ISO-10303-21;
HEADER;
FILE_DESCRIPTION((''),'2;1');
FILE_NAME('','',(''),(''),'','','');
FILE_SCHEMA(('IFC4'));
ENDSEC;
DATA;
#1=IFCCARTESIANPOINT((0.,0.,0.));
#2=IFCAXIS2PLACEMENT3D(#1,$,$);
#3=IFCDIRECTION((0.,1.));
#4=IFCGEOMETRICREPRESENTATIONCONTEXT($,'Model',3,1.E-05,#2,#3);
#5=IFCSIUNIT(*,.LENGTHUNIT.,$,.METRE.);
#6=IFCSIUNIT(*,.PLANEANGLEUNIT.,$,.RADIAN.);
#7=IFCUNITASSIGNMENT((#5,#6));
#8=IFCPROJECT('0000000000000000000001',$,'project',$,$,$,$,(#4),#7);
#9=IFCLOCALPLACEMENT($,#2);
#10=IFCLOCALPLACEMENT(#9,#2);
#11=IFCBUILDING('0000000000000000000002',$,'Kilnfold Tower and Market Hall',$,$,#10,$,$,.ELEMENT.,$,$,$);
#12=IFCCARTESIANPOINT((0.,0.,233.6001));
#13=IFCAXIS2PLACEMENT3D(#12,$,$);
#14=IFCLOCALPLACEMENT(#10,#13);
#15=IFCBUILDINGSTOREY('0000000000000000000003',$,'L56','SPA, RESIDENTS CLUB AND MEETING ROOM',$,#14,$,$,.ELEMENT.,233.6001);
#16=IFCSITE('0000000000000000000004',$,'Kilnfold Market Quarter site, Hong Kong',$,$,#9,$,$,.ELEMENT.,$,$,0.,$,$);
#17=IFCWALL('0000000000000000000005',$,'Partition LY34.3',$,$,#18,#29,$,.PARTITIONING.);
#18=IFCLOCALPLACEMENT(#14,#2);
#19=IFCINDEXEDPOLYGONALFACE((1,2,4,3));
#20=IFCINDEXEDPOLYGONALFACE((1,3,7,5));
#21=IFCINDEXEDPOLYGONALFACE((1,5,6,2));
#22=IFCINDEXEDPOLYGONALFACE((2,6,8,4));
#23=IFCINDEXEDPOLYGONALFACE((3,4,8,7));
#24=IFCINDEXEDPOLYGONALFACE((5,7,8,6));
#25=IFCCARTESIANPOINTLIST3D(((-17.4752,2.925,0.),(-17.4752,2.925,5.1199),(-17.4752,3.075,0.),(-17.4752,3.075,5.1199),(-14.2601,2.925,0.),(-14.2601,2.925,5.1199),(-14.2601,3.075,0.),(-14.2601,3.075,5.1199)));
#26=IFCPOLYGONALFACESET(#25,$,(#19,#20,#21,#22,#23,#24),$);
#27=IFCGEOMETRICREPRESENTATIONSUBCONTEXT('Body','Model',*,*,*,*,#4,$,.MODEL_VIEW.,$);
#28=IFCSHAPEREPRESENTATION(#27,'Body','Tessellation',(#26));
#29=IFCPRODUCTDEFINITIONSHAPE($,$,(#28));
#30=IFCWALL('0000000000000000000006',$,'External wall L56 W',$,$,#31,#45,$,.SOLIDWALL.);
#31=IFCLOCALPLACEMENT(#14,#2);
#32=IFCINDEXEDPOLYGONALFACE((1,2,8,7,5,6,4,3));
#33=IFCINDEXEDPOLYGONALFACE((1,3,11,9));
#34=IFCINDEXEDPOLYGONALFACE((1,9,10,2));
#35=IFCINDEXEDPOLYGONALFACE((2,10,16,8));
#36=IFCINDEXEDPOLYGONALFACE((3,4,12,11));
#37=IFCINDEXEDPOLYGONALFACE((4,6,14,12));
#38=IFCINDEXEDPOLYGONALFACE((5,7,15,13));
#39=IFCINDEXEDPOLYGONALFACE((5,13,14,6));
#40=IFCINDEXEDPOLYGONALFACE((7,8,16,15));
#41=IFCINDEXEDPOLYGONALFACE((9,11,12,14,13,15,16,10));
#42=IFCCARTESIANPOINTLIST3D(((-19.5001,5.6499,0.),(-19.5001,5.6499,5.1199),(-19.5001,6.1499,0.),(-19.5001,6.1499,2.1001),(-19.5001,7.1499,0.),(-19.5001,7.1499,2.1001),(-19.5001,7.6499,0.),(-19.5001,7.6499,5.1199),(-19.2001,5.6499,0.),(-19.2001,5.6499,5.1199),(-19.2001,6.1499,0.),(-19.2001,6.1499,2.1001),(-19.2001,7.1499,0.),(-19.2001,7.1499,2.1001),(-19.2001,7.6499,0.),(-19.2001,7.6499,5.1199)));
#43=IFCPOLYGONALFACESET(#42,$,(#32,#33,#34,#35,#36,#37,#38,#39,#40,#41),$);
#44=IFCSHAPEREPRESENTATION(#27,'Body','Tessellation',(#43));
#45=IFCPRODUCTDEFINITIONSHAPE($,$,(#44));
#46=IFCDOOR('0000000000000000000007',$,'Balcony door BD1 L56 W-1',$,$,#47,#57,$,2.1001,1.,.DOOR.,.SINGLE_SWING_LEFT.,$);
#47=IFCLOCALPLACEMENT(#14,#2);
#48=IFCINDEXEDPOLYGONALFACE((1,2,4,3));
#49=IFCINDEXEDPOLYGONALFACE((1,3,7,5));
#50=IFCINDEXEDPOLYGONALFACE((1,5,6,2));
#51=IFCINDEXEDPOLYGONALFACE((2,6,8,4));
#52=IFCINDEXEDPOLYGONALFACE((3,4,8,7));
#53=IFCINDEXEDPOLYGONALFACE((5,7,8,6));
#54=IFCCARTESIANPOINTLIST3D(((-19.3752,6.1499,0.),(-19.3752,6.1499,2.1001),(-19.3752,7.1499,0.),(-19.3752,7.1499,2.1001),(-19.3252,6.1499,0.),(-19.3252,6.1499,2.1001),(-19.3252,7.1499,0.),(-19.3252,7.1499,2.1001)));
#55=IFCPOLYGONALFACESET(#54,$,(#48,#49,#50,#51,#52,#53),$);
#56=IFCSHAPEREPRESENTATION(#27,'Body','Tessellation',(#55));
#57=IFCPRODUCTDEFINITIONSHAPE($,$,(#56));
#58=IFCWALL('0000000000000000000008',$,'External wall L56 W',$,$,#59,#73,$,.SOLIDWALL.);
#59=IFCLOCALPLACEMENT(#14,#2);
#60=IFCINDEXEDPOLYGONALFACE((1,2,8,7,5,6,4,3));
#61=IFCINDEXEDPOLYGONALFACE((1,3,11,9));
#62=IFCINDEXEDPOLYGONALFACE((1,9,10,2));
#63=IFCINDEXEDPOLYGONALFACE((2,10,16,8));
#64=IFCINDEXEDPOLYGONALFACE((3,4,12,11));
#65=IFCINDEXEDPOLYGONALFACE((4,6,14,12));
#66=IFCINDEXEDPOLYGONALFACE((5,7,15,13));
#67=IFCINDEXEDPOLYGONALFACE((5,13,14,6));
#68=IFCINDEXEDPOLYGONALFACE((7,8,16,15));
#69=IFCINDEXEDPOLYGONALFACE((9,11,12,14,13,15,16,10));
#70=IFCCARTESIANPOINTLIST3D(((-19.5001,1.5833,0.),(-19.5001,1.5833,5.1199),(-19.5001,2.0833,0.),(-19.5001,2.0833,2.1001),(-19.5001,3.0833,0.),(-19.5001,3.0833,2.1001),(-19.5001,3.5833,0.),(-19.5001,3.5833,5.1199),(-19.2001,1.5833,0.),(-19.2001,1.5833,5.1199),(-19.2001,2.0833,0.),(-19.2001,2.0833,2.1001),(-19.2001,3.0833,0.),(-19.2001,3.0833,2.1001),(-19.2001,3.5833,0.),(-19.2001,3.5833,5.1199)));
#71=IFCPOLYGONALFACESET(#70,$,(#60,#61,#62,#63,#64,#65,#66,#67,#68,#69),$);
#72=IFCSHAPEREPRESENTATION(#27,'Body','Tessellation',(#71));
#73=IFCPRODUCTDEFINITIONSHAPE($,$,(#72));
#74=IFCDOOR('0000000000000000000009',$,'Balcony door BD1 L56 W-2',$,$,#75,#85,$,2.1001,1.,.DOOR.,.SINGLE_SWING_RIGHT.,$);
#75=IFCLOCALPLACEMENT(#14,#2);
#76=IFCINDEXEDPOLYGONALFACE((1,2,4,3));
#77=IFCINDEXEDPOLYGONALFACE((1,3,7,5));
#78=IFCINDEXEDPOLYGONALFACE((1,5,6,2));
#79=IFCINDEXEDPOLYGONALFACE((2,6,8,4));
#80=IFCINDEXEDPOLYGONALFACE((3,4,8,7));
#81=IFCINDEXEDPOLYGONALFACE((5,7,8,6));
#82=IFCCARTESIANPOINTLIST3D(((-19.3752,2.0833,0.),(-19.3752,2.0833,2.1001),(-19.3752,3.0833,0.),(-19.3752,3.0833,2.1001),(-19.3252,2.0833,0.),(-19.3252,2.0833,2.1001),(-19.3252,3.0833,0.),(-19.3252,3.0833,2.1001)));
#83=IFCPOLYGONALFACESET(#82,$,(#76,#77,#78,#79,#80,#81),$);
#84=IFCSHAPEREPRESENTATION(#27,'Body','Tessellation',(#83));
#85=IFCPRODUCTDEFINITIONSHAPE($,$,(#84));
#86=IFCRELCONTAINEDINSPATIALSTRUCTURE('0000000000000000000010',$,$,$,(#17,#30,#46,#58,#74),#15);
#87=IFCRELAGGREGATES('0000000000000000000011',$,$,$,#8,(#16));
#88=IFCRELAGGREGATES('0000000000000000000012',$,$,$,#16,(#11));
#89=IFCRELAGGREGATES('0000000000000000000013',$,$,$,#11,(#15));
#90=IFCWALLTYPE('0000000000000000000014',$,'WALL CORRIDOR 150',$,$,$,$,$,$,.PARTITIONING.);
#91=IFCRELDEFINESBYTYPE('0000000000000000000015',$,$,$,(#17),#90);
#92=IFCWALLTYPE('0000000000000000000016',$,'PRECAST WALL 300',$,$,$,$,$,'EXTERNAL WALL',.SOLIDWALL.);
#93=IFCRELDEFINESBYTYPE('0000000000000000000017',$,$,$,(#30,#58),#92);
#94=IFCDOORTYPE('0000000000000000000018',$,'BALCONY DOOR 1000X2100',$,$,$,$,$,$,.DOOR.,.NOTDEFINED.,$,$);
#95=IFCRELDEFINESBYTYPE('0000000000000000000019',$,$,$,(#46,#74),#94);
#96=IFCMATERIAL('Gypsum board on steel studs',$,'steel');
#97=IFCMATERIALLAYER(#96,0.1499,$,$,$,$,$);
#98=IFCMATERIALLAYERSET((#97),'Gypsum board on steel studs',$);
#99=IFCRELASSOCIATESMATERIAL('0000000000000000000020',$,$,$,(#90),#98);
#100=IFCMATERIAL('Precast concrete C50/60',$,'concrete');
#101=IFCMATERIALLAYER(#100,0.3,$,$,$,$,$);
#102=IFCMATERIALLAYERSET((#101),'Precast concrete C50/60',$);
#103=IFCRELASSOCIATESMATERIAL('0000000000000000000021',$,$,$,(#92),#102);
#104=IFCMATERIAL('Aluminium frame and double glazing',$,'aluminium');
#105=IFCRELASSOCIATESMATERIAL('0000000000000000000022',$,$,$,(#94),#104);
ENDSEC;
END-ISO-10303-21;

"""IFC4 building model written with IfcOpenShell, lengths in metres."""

from ifc_helpers import new_model, si_unit, direction, frame, frame_2d, origin, place, context, subcontext, project, spatial, rectangle, extrude, source, transform, mapped, material, layer, layer_set, type_object, element, fill, save


model = new_model("IFC4")

# Units and contexts
model_context = context("Model", 3, precision=1e-05, world=origin(), true_north=direction((0.0, 1.0)))
body_context = subcontext(model_context, "Body", "Model", "MODEL_VIEW")
ifc_project = project(units=[si_unit("LENGTHUNIT", "METRE"), si_unit("PLANEANGLEUNIT", "RADIAN")], contexts=[model_context])

# Site, building, storey
site_placement = place(None, origin())
site = spatial("IfcSite", under=ifc_project, at=site_placement, Name="Kilnfold Market Quarter site, Hong Kong", CompositionType="ELEMENT", RefElevation=0.0)
building_placement = place(site_placement, origin())
building = spatial("IfcBuilding", under=site, at=building_placement, Name="Kilnfold Tower and Market Hall", CompositionType="ELEMENT")
storey_placement = place(building_placement, frame((0.0, 0.0, 233.6001)))
storey = spatial("IfcBuildingStorey", under=building, at=storey_placement, Name="L56", Description="SPA, RESIDENTS CLUB AND MEETING ROOM", CompositionType="ELEMENT", Elevation=233.6001)

# Wall
ifc_material_1 = material(Name="Gypsum board on steel studs", Category="steel")
ifc_layer_1 = layer(ifc_material_1, 0.1499)
ifc_layer_set_1 = layer_set([ifc_layer_1], Name="Gypsum board on steel studs")
wall_type_1 = type_object("IfcWallType", Name="WALL CORRIDOR 150", PredefinedType="PARTITIONING", material=ifc_layer_set_1)
wall_1_placement = place(storey_placement, frame((-17.4751, 3.0, 0.0), z_axis=(0.0, 0.0, 1.0), x_axis=(1.0, 0.0, 0.0)))
element("IfcWall", 1, at=wall_1_placement, inside=storey, type_object=wall_type_1, Name="Partition LY34.3", PredefinedType="PARTITIONING", context=body_context, shape_type="SweptSolid", body=[
    extrude(rectangle(XDim=3.2151, YDim=0.1499, at=frame_2d((1.6074, 0.0))), origin(), (0.0, 0.0, 1.0), 5.1199),
])

# Walls, openings, doors
ifc_material_2 = material(Name="Precast concrete C50/60", Category="concrete")
ifc_layer_2 = layer(ifc_material_2, 0.3)
ifc_layer_set_2 = layer_set([ifc_layer_2], Name="Precast concrete C50/60")
wall_type_2 = type_object("IfcWallType", Name="PRECAST WALL 300", ElementType="EXTERNAL WALL", PredefinedType="SOLIDWALL", material=ifc_layer_set_2)
shared_shape_1 = source(origin(), body_context, "Body", "SweptSolid", [
    extrude(rectangle(XDim=2.0, YDim=0.3, at=frame_2d((1.0, 0.0))), origin(), (0.0, 0.0, 1.0), 5.1199),
])
wall_2_placement = place(storey_placement, frame((-19.3501, 7.6499, 0.0), z_axis=(0.0, 0.0, 1.0), x_axis=(0.0, -1.0, 0.0)))
wall_2 = element("IfcWall", 2, at=wall_2_placement, inside=storey, type_object=wall_type_2, Name="External wall L56 W", PredefinedType="SOLIDWALL", context=body_context, shape_type="MappedRepresentation", body=[
    mapped(shared_shape_1, transform((0.0, 0.0, 0.0))),
])
opening_1_placement = place(wall_2_placement, frame((0.5, 0.0, 0.0)))
opening_1 = element("IfcOpeningElement", 3, at=opening_1_placement, cuts=wall_2, PredefinedType="OPENING", context=body_context, shape_type="SweptSolid", body=[
    extrude(rectangle(XDim=1.0, YDim=2.1001, at=frame_2d((0.5, 1.05))), frame((0.0, 0.1602, 0.0), z_axis=(0.0, -1.0, 0.0), x_axis=(1.0, 0.0, 0.0)), (0.0, 0.0, 1.0), 0.3201),
])
ifc_material_3 = material(Name="Aluminium frame and double glazing", Category="aluminium")
door_type = type_object("IfcDoorType", Name="BALCONY DOOR 1000X2100", OperationType="NOTDEFINED", PredefinedType="DOOR", material=ifc_material_3)
door_1_placement = place(opening_1_placement, origin())
door_1 = element("IfcDoor", 4, at=door_1_placement, inside=storey, type_object=door_type, Name="Balcony door BD1 L56 W-1", OperationType="SINGLE_SWING_LEFT", OverallHeight=2.1001, OverallWidth=1.0, PredefinedType="DOOR", context=body_context, shape_type="SweptSolid", body=[
    extrude(rectangle(XDim=1.0, YDim=2.1001, at=frame_2d((0.5, 1.05))), frame((0.0, 0.0249, 0.0), z_axis=(0.0, -1.0, 0.0), x_axis=(1.0, 0.0, 0.0)), (0.0, 0.0, 1.0), 0.05),
])
fill(opening_1, door_1)
wall_3_placement = place(storey_placement, frame((-19.3501, 3.5833, 0.0), z_axis=(0.0, 0.0, 1.0), x_axis=(0.0, -1.0, 0.0)))
wall_3 = element("IfcWall", 5, at=wall_3_placement, inside=storey, type_object=wall_type_2, Name="External wall L56 W", PredefinedType="SOLIDWALL", context=body_context, shape_type="MappedRepresentation", body=[
    mapped(shared_shape_1, transform((0.0, 0.0, 0.0))),
])
opening_2_placement = place(wall_3_placement, frame((0.5, 0.0, 0.0)))
opening_2 = element("IfcOpeningElement", 6, at=opening_2_placement, cuts=wall_3, PredefinedType="OPENING", context=body_context, shape_type="SweptSolid", body=[
    extrude(rectangle(XDim=1.0, YDim=2.1001, at=frame_2d((0.5, 1.05))), frame((0.0, 0.1602, 0.0), z_axis=(0.0, -1.0, 0.0), x_axis=(1.0, 0.0, 0.0)), (0.0, 0.0, 1.0), 0.3201),
])
door_2_placement = place(opening_2_placement, origin())
door_2 = element("IfcDoor", 7, at=door_2_placement, inside=storey, type_object=door_type, Name="Balcony door BD1 L56 W-2", OperationType="SINGLE_SWING_RIGHT", OverallHeight=2.1001, OverallWidth=1.0, PredefinedType="DOOR", context=body_context, shape_type="SweptSolid", body=[
    extrude(rectangle(XDim=1.0, YDim=2.1001, at=frame_2d((0.5, 1.05))), frame((0.0, 0.0249, 0.0), z_axis=(0.0, -1.0, 0.0), x_axis=(1.0, 0.0, 0.0)), (0.0, 0.0, 1.0), 0.05),
])
fill(opening_2, door_2)

save(model, "model.ifc")
